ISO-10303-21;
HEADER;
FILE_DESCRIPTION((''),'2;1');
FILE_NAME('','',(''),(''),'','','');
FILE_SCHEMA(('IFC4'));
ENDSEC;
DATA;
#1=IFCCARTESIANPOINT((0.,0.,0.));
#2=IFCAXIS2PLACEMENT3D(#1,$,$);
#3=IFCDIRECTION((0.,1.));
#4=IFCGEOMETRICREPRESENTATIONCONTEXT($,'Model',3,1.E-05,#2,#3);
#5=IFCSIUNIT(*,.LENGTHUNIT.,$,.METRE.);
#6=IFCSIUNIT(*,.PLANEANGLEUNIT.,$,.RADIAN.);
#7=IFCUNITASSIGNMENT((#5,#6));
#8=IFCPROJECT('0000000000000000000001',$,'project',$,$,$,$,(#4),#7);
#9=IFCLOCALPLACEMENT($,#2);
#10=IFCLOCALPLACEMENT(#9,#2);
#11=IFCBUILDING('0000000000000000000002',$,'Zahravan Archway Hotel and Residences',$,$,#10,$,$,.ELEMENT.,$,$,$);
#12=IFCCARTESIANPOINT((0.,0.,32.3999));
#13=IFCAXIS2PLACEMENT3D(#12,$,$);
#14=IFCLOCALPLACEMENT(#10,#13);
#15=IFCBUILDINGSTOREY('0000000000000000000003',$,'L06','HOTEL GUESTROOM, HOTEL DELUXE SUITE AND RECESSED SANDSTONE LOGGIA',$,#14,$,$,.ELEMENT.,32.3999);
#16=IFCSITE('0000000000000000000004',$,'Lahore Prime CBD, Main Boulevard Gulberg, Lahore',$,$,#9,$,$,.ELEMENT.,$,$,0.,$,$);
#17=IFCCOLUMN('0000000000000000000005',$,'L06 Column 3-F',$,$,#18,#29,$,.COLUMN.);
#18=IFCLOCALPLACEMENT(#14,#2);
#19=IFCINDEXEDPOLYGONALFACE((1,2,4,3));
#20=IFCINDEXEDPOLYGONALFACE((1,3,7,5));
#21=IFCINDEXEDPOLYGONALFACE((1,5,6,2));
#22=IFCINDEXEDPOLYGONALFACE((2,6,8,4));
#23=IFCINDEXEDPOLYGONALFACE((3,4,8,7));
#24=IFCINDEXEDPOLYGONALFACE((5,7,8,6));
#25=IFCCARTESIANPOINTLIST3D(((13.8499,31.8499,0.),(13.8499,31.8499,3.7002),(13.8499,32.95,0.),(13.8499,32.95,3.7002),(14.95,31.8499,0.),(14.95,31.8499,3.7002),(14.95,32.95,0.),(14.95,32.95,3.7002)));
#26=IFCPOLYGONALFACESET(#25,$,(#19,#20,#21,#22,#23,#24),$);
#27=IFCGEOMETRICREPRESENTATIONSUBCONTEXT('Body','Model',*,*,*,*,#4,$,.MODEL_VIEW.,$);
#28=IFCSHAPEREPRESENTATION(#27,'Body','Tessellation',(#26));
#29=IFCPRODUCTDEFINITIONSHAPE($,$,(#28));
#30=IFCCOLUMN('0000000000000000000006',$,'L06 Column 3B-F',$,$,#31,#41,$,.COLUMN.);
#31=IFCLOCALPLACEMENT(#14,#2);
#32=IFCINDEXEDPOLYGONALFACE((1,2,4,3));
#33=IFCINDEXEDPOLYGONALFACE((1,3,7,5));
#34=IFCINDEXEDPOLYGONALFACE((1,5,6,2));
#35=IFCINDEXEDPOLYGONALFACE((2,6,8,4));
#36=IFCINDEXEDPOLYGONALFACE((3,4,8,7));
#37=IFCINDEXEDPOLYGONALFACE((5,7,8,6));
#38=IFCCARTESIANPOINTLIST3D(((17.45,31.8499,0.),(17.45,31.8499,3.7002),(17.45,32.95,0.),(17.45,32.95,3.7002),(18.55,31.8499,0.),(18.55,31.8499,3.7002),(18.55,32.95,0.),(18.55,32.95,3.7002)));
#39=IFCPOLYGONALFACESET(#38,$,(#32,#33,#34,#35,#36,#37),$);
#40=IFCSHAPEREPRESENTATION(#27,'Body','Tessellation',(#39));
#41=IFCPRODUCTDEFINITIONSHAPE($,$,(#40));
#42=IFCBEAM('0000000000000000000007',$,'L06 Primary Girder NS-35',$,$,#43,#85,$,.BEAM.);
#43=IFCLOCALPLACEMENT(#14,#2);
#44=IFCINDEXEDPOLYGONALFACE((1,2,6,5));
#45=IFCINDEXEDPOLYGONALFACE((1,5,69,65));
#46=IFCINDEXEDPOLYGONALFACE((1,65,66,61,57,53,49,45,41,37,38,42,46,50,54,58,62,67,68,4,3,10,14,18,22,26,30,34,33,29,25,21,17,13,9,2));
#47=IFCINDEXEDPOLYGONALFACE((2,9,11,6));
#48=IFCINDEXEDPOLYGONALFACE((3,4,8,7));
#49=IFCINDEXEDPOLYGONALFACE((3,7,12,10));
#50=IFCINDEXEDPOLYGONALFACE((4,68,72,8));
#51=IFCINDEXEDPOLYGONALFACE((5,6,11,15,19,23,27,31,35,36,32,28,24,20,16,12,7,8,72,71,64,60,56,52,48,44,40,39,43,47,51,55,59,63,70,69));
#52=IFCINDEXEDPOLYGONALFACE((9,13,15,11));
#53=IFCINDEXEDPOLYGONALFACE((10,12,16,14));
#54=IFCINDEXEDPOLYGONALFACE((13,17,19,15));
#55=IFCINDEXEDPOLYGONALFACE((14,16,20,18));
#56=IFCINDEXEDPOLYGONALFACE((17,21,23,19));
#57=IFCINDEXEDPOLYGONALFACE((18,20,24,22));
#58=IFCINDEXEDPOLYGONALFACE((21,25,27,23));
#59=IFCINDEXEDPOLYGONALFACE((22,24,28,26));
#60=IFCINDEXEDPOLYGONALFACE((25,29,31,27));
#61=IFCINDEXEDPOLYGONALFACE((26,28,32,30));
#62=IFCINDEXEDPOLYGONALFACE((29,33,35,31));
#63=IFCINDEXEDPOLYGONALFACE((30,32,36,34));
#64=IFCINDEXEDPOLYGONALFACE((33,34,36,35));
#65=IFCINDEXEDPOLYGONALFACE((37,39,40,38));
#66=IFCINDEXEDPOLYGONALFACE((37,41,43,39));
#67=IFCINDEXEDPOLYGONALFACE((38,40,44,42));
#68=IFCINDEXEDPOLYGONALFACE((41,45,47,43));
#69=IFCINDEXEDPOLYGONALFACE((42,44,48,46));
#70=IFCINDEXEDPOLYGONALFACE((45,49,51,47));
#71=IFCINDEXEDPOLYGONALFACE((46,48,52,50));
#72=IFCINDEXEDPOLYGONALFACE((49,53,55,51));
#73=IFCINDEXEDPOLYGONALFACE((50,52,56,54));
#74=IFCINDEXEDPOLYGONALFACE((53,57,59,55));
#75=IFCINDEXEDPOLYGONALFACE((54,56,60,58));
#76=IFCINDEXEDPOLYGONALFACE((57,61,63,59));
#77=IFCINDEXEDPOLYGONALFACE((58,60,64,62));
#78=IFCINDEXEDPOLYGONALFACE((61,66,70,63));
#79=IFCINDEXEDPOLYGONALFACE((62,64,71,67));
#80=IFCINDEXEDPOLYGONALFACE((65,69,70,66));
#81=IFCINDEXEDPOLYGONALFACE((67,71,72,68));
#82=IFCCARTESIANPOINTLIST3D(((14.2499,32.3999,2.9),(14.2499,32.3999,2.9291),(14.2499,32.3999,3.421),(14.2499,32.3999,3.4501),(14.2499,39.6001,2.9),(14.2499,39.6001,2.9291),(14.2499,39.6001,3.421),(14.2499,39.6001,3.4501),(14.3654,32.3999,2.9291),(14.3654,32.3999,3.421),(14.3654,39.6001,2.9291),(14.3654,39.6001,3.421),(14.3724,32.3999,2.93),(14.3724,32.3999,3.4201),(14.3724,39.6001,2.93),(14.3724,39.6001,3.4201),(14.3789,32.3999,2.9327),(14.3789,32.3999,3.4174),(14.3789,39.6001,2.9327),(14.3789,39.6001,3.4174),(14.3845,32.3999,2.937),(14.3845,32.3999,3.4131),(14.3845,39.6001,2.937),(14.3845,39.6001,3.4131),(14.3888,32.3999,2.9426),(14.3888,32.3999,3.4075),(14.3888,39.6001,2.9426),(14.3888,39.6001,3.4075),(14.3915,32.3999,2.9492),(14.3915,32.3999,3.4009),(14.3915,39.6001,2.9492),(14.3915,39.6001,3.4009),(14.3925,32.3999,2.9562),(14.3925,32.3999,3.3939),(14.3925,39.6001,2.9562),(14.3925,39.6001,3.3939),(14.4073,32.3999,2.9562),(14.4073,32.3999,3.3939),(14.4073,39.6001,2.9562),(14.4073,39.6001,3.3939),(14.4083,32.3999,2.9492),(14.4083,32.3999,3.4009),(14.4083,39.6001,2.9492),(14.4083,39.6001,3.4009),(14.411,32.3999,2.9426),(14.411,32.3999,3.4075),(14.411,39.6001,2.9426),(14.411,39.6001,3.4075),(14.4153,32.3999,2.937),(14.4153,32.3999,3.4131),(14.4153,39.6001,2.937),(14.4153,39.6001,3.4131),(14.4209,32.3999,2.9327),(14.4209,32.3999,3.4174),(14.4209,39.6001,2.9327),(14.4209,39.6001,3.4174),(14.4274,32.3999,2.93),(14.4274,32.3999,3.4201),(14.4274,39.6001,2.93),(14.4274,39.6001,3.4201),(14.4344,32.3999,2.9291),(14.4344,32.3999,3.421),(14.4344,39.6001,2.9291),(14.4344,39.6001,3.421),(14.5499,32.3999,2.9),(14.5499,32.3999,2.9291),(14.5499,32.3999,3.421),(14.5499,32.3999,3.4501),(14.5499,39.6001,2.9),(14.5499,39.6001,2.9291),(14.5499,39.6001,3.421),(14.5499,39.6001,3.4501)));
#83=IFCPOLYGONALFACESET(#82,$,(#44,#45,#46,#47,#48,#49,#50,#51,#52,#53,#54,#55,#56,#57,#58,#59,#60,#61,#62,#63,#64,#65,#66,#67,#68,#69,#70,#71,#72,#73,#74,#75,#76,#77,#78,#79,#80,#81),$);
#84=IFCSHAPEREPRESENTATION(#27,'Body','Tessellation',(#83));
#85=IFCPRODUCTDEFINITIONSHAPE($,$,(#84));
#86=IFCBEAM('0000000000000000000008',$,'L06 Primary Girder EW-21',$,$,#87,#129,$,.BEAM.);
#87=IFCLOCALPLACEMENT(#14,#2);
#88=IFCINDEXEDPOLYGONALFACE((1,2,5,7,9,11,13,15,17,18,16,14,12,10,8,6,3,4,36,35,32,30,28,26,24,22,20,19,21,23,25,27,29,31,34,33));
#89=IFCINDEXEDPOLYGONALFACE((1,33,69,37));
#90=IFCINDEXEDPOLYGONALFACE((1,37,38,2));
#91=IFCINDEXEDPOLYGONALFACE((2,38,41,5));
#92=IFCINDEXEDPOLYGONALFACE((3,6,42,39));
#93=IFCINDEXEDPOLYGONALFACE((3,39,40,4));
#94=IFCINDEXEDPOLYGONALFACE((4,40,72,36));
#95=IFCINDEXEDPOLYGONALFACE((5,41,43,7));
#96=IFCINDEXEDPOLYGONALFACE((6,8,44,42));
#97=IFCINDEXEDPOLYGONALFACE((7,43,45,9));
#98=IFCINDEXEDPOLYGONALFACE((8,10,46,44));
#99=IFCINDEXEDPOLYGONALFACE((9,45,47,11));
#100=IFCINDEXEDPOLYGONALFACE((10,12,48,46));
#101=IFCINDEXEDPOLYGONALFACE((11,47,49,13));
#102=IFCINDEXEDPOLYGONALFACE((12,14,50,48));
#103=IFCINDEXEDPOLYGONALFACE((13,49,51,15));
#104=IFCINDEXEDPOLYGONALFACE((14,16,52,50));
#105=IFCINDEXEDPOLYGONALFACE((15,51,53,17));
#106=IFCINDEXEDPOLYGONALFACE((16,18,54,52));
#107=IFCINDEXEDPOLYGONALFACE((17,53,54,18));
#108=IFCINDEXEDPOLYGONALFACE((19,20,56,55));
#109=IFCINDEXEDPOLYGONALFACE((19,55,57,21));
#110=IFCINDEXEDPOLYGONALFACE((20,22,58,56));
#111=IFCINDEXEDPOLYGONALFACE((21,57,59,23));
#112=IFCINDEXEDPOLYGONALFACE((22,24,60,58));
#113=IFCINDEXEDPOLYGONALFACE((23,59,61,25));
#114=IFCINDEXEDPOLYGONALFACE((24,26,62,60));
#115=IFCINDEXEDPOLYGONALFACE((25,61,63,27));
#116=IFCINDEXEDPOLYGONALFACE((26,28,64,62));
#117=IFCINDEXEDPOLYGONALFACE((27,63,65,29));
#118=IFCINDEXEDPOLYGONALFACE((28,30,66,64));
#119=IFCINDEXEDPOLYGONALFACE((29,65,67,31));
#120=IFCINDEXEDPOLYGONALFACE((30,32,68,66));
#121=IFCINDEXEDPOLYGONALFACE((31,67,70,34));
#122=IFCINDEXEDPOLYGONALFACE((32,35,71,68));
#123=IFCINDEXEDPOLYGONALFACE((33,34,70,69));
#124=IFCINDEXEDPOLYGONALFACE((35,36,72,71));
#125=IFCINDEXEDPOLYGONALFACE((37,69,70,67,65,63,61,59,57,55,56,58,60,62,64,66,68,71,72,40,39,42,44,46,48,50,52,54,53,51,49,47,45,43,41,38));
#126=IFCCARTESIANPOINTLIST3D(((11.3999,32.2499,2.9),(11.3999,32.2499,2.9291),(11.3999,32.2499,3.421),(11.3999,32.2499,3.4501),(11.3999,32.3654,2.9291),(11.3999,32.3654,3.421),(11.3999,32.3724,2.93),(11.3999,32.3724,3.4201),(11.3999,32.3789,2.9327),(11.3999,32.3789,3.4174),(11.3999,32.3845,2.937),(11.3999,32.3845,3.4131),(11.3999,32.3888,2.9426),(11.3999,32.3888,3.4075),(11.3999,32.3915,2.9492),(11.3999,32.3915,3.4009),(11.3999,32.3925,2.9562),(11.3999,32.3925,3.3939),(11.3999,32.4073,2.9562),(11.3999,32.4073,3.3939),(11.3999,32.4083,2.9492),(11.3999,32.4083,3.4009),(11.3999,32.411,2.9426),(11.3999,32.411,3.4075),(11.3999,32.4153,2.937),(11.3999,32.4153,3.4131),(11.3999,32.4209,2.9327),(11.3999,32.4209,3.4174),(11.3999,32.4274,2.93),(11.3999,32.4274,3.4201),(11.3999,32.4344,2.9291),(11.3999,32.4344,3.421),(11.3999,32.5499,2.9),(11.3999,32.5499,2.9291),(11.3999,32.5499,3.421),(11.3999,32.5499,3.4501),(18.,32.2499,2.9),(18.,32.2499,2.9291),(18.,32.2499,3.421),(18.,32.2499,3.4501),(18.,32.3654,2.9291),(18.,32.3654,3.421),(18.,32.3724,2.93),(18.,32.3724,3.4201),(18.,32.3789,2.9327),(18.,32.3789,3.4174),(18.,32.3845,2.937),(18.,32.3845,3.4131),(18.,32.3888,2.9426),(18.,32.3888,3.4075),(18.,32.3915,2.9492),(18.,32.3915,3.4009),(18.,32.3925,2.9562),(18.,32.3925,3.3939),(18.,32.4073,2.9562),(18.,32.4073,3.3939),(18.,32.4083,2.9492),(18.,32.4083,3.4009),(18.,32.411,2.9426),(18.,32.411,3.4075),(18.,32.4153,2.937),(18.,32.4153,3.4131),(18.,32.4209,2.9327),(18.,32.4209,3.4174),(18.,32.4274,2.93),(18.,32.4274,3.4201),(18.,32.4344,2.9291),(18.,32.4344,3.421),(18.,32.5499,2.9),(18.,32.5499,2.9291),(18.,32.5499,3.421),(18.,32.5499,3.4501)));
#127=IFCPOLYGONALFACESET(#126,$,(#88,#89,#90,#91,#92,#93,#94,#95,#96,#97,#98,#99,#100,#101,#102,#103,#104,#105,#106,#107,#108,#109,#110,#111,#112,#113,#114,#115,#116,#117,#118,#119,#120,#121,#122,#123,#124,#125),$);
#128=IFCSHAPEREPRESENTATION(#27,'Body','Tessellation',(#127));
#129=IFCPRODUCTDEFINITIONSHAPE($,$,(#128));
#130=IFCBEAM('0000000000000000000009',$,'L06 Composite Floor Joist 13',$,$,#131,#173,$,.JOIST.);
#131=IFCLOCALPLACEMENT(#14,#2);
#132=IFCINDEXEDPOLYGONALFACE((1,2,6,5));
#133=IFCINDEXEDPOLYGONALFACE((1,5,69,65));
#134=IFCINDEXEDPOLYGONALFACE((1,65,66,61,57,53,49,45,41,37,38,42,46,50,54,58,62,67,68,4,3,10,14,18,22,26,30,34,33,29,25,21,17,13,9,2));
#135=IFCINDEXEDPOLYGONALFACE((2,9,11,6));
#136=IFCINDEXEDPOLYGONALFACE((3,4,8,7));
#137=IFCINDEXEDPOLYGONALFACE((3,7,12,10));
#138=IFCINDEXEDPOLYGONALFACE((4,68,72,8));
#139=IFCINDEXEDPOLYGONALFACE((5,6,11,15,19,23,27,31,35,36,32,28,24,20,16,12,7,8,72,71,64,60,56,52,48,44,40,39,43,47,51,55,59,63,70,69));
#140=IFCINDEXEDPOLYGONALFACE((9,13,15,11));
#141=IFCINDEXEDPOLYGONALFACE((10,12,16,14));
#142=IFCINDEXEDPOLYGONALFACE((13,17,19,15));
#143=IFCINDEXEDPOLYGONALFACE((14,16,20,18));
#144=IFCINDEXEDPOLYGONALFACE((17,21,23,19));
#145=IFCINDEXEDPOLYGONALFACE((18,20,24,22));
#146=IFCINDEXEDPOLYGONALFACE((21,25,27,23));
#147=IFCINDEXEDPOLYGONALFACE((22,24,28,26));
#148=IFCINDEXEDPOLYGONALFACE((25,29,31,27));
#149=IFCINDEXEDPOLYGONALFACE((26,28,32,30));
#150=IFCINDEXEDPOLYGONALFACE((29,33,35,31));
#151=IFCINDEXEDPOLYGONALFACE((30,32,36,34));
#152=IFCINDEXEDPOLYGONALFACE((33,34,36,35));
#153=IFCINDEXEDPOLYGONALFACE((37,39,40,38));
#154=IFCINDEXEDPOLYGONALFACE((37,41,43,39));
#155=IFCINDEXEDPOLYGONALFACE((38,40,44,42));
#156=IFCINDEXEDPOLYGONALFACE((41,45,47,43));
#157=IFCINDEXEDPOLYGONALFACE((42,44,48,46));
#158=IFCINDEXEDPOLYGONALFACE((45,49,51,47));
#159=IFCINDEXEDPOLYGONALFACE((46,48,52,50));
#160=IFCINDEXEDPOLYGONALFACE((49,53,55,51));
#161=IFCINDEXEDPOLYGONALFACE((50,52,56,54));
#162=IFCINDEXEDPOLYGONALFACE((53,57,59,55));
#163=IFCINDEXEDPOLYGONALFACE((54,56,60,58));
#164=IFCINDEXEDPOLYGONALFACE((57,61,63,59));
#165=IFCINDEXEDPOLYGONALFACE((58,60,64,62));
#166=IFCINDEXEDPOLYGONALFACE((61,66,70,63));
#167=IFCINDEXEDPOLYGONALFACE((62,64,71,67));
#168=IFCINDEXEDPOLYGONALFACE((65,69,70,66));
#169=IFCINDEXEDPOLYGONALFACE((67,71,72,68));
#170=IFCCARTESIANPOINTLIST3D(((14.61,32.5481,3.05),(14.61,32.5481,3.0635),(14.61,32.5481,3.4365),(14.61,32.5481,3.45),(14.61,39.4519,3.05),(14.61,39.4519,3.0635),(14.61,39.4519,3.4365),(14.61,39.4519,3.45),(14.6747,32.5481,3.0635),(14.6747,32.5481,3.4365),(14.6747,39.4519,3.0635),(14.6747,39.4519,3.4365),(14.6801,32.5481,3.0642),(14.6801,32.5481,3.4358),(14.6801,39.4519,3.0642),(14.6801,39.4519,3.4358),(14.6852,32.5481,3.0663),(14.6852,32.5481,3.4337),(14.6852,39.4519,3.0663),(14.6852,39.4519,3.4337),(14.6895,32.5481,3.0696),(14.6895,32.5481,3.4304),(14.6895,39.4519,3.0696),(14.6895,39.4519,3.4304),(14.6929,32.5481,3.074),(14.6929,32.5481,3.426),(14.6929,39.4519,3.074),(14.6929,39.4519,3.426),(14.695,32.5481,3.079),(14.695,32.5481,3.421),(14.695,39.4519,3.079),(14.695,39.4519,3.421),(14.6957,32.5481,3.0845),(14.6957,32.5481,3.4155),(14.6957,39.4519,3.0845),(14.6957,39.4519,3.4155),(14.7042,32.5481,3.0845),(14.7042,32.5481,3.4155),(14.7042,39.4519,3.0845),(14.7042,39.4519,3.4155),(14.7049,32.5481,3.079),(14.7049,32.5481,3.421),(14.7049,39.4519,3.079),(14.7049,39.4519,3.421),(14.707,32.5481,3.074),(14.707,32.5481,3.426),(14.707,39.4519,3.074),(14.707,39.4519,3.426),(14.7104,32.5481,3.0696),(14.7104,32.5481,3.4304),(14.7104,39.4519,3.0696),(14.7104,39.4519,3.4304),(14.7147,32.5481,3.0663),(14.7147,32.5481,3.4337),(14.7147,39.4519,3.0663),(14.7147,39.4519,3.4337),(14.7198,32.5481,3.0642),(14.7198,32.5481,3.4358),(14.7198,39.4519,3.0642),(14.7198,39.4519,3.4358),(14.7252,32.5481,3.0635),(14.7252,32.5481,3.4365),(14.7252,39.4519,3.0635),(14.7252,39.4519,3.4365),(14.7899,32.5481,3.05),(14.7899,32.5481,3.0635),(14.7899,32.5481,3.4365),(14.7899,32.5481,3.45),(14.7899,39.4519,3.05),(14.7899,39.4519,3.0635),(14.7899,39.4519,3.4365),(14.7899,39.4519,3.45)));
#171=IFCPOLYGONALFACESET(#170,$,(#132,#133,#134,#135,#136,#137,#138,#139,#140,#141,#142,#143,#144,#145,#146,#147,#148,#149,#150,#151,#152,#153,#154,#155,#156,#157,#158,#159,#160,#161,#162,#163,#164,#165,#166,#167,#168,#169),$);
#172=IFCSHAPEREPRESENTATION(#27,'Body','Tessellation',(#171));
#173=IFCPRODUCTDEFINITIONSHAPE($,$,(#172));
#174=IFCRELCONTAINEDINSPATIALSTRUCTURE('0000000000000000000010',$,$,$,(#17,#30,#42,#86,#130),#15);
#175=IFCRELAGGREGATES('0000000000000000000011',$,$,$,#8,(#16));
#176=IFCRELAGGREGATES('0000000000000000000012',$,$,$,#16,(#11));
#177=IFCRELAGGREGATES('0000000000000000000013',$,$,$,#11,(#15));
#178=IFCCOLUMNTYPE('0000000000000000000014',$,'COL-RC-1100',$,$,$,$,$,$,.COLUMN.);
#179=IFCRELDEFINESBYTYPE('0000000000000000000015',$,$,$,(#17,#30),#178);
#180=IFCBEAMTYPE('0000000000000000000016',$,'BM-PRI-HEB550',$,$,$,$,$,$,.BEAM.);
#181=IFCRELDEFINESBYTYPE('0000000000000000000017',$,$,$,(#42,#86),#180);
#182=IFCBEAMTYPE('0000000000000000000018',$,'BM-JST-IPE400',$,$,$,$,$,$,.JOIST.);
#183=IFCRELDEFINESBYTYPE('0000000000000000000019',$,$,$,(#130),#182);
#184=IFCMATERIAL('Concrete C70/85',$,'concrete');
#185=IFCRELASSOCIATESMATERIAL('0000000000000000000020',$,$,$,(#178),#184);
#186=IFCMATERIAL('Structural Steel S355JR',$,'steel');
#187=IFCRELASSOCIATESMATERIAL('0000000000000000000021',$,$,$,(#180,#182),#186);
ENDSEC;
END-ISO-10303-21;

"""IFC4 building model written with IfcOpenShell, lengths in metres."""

from ifc_helpers import new_model, si_unit, direction, frame, origin, origin_2d, place, context, subcontext, project, spatial, rectangle, i_section, extrude, source, transform, mapped, material, material_profile, profile_set, type_object, type_shapes, element, save


model = new_model("IFC4")

# Units and contexts
model_context = context("Model", 3, precision=1e-05, world=origin(), true_north=direction((0.0, 1.0)))
body_context = subcontext(model_context, "Body", "Model", "MODEL_VIEW")
ifc_project = project(units=[si_unit("LENGTHUNIT", "METRE"), si_unit("PLANEANGLEUNIT", "RADIAN")], contexts=[model_context])

# Site, building, storey
site_placement = place(None, origin())
site = spatial("IfcSite", under=ifc_project, at=site_placement, Name="Lahore Prime CBD, Main Boulevard Gulberg, Lahore", CompositionType="ELEMENT", RefElevation=0.0)
building_placement = place(site_placement, origin())
building = spatial("IfcBuilding", under=site, at=building_placement, Name="Zahravan Archway Hotel and Residences", CompositionType="ELEMENT")
storey_placement = place(building_placement, frame((0.0, 0.0, 32.3999)))
storey = spatial("IfcBuildingStorey", under=building, at=storey_placement, Name="L06", Description="HOTEL GUESTROOM, HOTEL DELUXE SUITE AND RECESSED SANDSTONE LOGGIA", CompositionType="ELEMENT", Elevation=32.3999)

# Columns
ifc_material_1 = material(Name="Concrete C70/85", Category="concrete")
ifc_material_profile_1 = material_profile(ifc_material_1, rectangle(XDim=1.1001, YDim=1.1001, at=origin_2d()), Name="RC 1100x1100", Category="concrete")
ifc_profile_set_1 = profile_set([ifc_material_profile_1], Name="Concrete C70/85")
column_type = type_object("IfcColumnType", Name="COL-RC-1100", PredefinedType="COLUMN", material=ifc_profile_set_1)
shared_shape_1 = source(origin(), body_context, "Body", "SweptSolid", [
    extrude(rectangle(XDim=1.1001, YDim=1.1001, at=origin_2d()), origin(), (0.0, 0.0, 1.0), 3.7002),
])
for number, where, z_axis, x_axis, name in (
    (1, (14.3999, 32.3999, 0.0), (0.0, 0.0, 1.0), (1.0, 0.0, 0.0), "L06 Column 3-F"),
    (2, (18.0, 32.3999, 0.0), (0.0, 0.0, 1.0), (1.0, 0.0, 0.0), "L06 Column 3B-F"),
):
    element("IfcColumn", number, at=place(storey_placement, frame(where, z_axis=z_axis, x_axis=x_axis)), inside=storey, type_object=column_type, Name=name, PredefinedType="COLUMN", context=body_context, shape_type="MappedRepresentation", body=[
        mapped(shared_shape_1, transform((0.0, 0.0, 0.0), scale=1.0)),
    ])

# Beams
ifc_material_2 = material(Name="Structural Steel S355JR", Category="steel")
ifc_material_profile_2 = material_profile(ifc_material_2, i_section(OverallWidth=0.3, OverallDepth=0.55, WebThickness=0.0149, FlangeThickness=0.0291, FilletRadius=0.0271, at=origin_2d()), Name="HEB 550", Category="steel")
ifc_profile_set_2 = profile_set([ifc_material_profile_2], Name="Structural Steel S355JR")
beam_type_1 = type_object("IfcBeamType", Name="BM-PRI-HEB550", PredefinedType="BEAM", material=ifc_profile_set_2)
shared_shape_2 = source(origin(), body_context, "Body", "SweptSolid", [
    extrude(i_section(OverallWidth=0.3, OverallDepth=0.55, WebThickness=0.0149, FlangeThickness=0.0291, FilletRadius=0.0271, at=origin_2d()), origin(), (0.0, 0.0, 1.0), 7.2002),
])
type_shapes(beam_type_1, [shared_shape_2])
beam_1_placement = place(storey_placement, frame((14.3999, 32.3999, 3.175), z_axis=(0.0, 1.0, 0.0), x_axis=(-1.0, 0.0, 0.0)))
element("IfcBeam", 3, at=beam_1_placement, inside=storey, type_object=beam_type_1, Name="L06 Primary Girder NS-35", PredefinedType="BEAM", context=body_context, shape_type="MappedRepresentation", body=[
    mapped(shared_shape_2, transform((0.0, 0.0, 0.0), scale=1.0)),
])
shared_shape_3 = source(origin(), body_context, "Body", "SweptSolid", [
    extrude(i_section(OverallWidth=0.3, OverallDepth=0.55, WebThickness=0.0149, FlangeThickness=0.0291, FilletRadius=0.0271, at=origin_2d()), origin(), (0.0, 0.0, 1.0), 6.6001),
])
beam_2_placement = place(storey_placement, frame((11.3999, 32.3999, 3.175), z_axis=(1.0, 0.0, 0.0), x_axis=(0.0, 1.0, 0.0)))
element("IfcBeam", 4, at=beam_2_placement, inside=storey, type_object=beam_type_1, Name="L06 Primary Girder EW-21", PredefinedType="BEAM", context=body_context, shape_type="MappedRepresentation", body=[
    mapped(shared_shape_3, transform((0.0, 0.0, 0.0), scale=1.0)),
])
ifc_material_profile_3 = material_profile(ifc_material_2, i_section(OverallWidth=0.1799, OverallDepth=0.3999, WebThickness=0.0085, FlangeThickness=0.0134, FilletRadius=0.021, at=origin_2d()), Name="IPE 400", Category="steel")
ifc_profile_set_3 = profile_set([ifc_material_profile_3], Name="Structural Steel S355JR")
beam_type_2 = type_object("IfcBeamType", Name="BM-JST-IPE400", PredefinedType="JOIST", material=ifc_profile_set_3)
shared_shape_4 = source(origin(), body_context, "Body", "SweptSolid", [
    extrude(i_section(OverallWidth=0.1799, OverallDepth=0.3999, WebThickness=0.0085, FlangeThickness=0.0134, FilletRadius=0.021, at=origin_2d()), origin(), (0.0, 0.0, 1.0), 6.9038),
])
beam_3_placement = place(storey_placement, frame((14.7, 32.5481, 3.25), z_axis=(0.0, 1.0, 0.0), x_axis=(-1.0, 0.0, 0.0)))
element("IfcBeam", 5, at=beam_3_placement, inside=storey, type_object=beam_type_2, Name="L06 Composite Floor Joist 13", PredefinedType="JOIST", context=body_context, shape_type="MappedRepresentation", body=[
    mapped(shared_shape_4, transform((0.0, 0.0, 0.0), scale=1.0)),
])

save(model, "model.ifc")
